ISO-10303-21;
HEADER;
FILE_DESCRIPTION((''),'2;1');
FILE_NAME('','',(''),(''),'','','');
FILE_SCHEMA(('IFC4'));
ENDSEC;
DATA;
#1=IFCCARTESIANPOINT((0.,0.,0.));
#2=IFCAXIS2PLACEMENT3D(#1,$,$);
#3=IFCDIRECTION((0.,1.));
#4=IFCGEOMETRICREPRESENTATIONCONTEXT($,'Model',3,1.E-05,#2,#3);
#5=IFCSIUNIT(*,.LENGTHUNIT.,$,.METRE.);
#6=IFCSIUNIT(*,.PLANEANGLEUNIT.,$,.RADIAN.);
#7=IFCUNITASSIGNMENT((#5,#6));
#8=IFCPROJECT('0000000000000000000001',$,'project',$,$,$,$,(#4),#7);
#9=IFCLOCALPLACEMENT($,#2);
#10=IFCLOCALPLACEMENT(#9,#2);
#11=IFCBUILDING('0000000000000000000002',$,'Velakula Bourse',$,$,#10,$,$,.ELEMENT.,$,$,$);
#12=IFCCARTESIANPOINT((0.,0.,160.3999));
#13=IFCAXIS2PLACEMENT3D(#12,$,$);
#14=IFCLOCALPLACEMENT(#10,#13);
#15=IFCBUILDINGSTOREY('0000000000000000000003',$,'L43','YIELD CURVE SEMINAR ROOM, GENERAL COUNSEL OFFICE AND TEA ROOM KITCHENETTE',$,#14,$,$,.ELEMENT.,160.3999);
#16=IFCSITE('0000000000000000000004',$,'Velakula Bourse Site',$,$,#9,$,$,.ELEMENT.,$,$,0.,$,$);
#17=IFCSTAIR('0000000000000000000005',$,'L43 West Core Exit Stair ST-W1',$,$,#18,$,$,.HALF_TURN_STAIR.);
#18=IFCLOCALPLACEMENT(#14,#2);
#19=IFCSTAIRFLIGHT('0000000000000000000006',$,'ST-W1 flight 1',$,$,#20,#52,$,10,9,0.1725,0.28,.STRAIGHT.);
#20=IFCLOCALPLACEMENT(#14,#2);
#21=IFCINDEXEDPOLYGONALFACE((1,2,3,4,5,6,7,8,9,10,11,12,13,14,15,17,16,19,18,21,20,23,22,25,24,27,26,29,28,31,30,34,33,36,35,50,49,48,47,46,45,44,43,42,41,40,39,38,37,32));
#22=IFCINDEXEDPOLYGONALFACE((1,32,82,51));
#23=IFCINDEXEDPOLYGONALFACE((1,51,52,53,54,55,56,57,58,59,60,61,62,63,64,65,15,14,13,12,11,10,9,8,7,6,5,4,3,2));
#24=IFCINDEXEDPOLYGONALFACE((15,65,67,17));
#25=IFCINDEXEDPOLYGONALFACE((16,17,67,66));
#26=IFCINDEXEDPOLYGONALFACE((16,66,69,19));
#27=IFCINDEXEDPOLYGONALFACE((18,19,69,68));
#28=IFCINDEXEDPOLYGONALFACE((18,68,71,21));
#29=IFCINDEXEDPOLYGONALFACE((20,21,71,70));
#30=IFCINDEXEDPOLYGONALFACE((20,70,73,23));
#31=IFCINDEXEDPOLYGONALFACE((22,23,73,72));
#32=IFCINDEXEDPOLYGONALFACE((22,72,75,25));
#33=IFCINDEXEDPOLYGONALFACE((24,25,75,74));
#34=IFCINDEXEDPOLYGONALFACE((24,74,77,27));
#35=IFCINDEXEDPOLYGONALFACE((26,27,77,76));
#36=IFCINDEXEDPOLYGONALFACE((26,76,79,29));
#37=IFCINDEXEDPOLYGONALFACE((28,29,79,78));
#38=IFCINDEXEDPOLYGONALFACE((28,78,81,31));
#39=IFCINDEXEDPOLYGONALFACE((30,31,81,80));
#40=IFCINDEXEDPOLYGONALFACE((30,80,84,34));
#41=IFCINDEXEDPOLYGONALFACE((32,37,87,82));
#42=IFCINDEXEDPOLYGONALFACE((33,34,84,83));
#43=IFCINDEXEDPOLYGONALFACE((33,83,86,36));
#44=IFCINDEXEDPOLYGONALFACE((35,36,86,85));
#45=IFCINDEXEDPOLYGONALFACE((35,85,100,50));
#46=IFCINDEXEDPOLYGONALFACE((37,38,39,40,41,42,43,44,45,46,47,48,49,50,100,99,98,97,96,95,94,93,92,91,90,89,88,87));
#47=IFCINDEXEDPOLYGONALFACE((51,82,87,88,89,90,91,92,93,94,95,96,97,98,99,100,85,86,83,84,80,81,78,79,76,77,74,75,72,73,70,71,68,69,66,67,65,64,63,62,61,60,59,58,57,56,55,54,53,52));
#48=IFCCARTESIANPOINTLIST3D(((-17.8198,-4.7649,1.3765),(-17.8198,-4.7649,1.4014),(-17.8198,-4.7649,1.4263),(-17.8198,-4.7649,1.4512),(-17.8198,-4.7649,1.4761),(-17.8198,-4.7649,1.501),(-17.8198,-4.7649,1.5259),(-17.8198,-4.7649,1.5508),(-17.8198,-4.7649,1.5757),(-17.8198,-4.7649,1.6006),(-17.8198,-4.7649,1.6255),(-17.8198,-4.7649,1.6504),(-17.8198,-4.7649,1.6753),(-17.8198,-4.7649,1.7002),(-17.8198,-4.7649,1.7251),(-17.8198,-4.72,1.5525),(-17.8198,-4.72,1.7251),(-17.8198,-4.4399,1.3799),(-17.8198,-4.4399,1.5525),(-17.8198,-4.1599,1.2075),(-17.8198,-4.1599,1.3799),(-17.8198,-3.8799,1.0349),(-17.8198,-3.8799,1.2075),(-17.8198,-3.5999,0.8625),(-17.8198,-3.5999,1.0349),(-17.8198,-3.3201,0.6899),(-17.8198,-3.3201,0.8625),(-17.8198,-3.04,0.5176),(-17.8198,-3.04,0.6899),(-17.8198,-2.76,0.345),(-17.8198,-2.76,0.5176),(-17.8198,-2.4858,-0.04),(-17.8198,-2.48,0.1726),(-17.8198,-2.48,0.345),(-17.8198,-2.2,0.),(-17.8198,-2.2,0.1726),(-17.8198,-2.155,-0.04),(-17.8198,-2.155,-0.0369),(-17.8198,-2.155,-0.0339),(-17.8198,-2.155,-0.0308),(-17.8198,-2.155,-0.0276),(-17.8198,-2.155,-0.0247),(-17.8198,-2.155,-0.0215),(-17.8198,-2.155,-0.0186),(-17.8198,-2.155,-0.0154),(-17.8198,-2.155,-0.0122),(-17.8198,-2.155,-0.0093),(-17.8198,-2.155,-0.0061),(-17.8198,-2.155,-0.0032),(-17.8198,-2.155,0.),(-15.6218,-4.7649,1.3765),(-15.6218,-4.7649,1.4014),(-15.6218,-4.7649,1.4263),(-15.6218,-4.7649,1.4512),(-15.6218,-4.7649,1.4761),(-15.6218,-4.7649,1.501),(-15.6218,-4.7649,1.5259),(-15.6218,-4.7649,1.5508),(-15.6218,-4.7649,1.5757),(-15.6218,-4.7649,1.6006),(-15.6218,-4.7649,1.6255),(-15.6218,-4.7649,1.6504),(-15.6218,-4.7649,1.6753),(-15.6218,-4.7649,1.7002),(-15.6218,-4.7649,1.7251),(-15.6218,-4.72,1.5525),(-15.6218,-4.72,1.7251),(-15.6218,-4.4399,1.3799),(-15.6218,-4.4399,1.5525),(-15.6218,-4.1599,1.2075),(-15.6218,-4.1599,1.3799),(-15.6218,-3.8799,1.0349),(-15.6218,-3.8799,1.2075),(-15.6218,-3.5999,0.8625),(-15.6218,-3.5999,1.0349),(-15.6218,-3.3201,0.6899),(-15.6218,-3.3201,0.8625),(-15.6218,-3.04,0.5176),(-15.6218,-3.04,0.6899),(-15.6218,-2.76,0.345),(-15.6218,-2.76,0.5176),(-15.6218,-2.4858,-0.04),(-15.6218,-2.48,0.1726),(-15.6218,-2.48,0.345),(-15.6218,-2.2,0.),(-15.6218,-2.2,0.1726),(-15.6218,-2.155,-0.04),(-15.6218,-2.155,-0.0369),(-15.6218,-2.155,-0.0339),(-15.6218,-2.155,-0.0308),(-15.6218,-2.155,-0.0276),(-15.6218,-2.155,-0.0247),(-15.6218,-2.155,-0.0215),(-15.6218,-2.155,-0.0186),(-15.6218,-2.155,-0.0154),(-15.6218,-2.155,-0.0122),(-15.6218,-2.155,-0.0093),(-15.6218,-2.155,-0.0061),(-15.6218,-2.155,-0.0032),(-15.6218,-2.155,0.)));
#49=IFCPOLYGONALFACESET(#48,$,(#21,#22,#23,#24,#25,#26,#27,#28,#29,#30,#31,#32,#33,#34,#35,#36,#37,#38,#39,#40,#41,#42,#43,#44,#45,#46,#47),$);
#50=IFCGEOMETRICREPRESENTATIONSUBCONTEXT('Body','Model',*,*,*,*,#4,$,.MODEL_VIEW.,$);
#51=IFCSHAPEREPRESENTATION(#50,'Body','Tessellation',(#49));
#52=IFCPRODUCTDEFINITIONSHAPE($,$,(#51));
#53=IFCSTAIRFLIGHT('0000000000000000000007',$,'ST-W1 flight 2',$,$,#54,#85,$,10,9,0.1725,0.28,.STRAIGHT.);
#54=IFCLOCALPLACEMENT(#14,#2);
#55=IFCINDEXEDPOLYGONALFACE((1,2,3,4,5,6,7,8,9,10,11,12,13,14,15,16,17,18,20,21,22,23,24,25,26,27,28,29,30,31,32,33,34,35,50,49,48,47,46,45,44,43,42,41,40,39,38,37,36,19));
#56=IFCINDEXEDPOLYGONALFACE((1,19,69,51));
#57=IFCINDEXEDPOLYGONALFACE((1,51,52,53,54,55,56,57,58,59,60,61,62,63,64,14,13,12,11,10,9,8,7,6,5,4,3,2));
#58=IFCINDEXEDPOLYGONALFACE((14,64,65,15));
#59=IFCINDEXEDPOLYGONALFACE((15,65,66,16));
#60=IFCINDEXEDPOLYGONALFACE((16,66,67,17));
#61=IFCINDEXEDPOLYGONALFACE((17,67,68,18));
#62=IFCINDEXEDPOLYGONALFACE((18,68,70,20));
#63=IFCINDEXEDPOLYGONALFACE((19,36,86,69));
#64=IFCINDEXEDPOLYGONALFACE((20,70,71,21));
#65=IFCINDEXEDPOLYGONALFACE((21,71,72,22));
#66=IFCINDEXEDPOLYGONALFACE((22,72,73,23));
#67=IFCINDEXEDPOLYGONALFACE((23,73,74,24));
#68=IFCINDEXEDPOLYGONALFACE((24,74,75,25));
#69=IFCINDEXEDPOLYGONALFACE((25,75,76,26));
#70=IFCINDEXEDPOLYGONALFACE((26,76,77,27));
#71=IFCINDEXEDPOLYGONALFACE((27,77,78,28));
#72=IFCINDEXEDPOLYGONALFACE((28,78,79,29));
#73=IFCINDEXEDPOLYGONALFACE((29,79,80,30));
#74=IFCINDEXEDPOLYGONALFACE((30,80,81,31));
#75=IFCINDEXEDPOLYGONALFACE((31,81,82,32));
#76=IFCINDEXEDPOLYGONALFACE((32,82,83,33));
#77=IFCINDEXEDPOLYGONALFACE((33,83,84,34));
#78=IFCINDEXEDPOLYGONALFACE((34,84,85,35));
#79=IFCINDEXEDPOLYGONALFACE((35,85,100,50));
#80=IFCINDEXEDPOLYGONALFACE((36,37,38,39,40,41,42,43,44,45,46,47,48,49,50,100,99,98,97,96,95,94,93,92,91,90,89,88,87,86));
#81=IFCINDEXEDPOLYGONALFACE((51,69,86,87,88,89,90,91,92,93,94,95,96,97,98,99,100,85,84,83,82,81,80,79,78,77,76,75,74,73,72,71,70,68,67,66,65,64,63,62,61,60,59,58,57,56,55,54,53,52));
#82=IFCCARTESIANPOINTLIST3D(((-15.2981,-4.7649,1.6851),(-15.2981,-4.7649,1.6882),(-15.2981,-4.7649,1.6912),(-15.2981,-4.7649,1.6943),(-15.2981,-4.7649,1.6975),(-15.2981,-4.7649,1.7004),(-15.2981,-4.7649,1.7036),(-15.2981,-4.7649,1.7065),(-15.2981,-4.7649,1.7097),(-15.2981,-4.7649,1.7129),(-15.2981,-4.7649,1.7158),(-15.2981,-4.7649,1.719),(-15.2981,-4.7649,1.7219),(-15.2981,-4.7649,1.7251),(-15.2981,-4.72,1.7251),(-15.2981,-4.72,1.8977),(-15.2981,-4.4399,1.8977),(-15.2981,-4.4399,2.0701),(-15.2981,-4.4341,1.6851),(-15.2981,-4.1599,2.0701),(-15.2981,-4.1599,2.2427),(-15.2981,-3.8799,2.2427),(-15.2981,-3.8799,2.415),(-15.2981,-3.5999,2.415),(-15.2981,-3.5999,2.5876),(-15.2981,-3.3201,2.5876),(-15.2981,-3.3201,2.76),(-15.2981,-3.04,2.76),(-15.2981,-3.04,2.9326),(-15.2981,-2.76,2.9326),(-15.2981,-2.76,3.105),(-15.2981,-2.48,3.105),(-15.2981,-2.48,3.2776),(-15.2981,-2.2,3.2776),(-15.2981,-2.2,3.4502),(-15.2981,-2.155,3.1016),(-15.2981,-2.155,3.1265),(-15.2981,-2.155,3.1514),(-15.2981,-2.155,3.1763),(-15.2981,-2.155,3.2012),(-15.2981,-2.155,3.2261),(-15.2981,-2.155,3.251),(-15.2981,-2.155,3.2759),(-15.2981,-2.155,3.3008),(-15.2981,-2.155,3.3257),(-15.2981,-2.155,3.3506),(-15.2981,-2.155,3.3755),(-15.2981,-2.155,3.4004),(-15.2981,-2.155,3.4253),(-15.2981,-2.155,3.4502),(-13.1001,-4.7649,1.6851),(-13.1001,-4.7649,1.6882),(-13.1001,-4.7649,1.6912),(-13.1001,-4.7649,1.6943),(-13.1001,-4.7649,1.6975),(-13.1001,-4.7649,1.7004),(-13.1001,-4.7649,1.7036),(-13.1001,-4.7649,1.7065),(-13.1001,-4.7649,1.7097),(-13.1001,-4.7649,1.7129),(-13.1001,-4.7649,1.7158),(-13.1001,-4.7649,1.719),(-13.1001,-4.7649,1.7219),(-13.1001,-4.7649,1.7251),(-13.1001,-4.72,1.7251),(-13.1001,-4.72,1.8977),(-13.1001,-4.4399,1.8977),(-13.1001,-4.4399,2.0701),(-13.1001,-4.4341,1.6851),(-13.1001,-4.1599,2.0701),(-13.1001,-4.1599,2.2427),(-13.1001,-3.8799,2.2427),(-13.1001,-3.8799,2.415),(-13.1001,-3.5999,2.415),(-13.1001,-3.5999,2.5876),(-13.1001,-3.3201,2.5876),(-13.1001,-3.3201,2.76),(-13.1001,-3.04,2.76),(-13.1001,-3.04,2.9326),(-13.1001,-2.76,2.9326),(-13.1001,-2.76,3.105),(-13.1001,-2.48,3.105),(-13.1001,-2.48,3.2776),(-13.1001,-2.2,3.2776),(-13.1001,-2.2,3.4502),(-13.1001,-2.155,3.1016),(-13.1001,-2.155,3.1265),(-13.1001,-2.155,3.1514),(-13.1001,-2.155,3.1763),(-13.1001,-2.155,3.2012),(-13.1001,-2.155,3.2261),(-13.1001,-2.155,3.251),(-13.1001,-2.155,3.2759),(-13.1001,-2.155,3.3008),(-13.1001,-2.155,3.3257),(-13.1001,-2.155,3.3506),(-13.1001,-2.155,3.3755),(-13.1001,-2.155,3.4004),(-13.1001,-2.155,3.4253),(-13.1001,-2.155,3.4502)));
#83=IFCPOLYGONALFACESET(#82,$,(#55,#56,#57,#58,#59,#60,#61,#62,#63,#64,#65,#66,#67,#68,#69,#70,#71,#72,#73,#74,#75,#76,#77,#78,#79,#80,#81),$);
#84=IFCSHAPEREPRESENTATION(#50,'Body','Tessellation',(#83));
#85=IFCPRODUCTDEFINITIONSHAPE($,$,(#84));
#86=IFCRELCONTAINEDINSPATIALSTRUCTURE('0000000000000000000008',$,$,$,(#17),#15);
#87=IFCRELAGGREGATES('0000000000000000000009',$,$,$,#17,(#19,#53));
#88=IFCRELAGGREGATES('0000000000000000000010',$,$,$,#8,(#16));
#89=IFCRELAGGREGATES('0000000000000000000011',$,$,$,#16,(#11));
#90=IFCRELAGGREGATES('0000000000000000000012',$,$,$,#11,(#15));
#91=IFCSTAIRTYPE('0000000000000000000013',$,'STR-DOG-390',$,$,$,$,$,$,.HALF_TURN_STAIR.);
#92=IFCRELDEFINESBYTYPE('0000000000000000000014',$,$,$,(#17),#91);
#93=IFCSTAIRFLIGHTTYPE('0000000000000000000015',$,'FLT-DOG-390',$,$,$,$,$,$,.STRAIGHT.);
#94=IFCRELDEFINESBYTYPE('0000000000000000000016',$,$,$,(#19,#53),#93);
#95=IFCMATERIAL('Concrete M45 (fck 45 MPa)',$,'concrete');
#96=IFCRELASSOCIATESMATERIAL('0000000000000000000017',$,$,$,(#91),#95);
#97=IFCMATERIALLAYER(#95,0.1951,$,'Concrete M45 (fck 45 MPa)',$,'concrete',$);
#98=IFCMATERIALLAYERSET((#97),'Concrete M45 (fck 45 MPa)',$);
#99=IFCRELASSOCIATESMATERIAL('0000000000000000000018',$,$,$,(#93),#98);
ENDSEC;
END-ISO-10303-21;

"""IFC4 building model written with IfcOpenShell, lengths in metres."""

from ifc_helpers import new_model, si_unit, direction, frame, origin, place, context, subcontext, project, spatial, polyline, outline, extrude, material, layer, layer_set, type_object, element, aggregate, save


model = new_model("IFC4")

# Units and contexts
model_context = context("Model", 3, precision=1e-05, world=origin(), true_north=direction((0.0, 1.0)))
body_context = subcontext(model_context, "Body", "Model", "MODEL_VIEW")
ifc_project = project(units=[si_unit("LENGTHUNIT", "METRE"), si_unit("PLANEANGLEUNIT", "RADIAN")], contexts=[model_context])

# Site, building, storey
site_placement = place(None, origin())
site = spatial("IfcSite", under=ifc_project, at=site_placement, Name="Velakula Bourse Site", CompositionType="ELEMENT", RefElevation=0.0)
building_placement = place(site_placement, origin())
building = spatial("IfcBuilding", under=site, at=building_placement, Name="Velakula Bourse", CompositionType="ELEMENT")
storey_placement = place(building_placement, frame((0.0, 0.0, 160.3999)))
storey = spatial("IfcBuildingStorey", under=building, at=storey_placement, Name="L43", Description="YIELD CURVE SEMINAR ROOM, GENERAL COUNSEL OFFICE AND TEA ROOM KITCHENETTE", CompositionType="ELEMENT", Elevation=160.3999)

# Stair
ifc_material_1 = material(Name="Concrete M45 (fck 45 MPa)", Category="concrete")
stair_type = type_object("IfcStairType", Name="STR-DOG-390", PredefinedType="HALF_TURN_STAIR", material=ifc_material_1)
stair_placement = place(storey_placement, origin())
stair = element("IfcStair", 1, at=stair_placement, inside=storey, type_object=stair_type, Name="L43 West Core Exit Stair ST-W1", PredefinedType="HALF_TURN_STAIR")

# Stair flights
ifc_layer_1 = layer(ifc_material_1, 0.1951, Name="Concrete M45 (fck 45 MPa)", Category="concrete")
ifc_layer_set_1 = layer_set([ifc_layer_1], Name="Concrete M45 (fck 45 MPa)")
stair_flight_type = type_object("IfcStairFlightType", Name="FLT-DOG-390", PredefinedType="STRAIGHT", material=ifc_layer_set_1)
stair_flight_1_placement = place(storey_placement, frame((-16.7209, -2.2, 0.0), z_axis=(0.0, 0.0, 1.0), x_axis=(0.0, -1.0, 0.0)))
stair_flight_1 = element("IfcStairFlight", 2, at=stair_flight_1_placement, type_object=stair_flight_type, Name="ST-W1 flight 1", NumberOfRisers=10, NumberOfTreads=9, PredefinedType="STRAIGHT", RiserHeight=0.1725, TreadLength=0.28, context=body_context, shape_type="SweptSolid", body=[
    extrude(outline(polyline([(-0.0449, -0.04), (-0.0449, -0.0369), (-0.0449, -0.0339), (-0.0449, -0.0308), (-0.0449, -0.0276), (-0.0449, -0.0247), (-0.0449, -0.0215), (-0.0449, -0.0186), (-0.0449, -0.0154), (-0.0449, -0.0122), (-0.0449, -0.0093), (-0.0449, -0.0061), (-0.0449, -0.0032), (-0.0449, 0.0), (0.0, 0.0), (0.0, 0.1726), (0.28, 0.1726), (0.28, 0.345), (0.5601, 0.345), (0.5601, 0.5176), (0.8401, 0.5176), (0.8401, 0.6899), (1.1201, 0.6899), (1.1201, 0.8625), (1.3999, 0.8625), (1.3999, 1.0349), (1.6799, 1.0349), (1.6799, 1.2075), (1.96, 1.2075), (1.96, 1.3799), (2.24, 1.3799), (2.24, 1.5525), (2.52, 1.5525), (2.52, 1.7251), (2.5649, 1.7251), (2.5649, 1.7002), (2.5649, 1.6753), (2.5649, 1.6504), (2.5649, 1.6255), (2.5649, 1.6006), (2.5649, 1.5757), (2.5649, 1.5508), (2.5649, 1.5259), (2.5649, 1.501), (2.5649, 1.4761), (2.5649, 1.4512), (2.5649, 1.4263), (2.5649, 1.4014), (2.5649, 1.3765), (0.2859, -0.04), (-0.0449, -0.04)])), frame((0.0, 1.0991, 0.0), z_axis=(0.0, -1.0, 0.0), x_axis=(1.0, 0.0, 0.0)), (0.0, 0.0, 1.0), 2.198),
])
stair_flight_2_placement = place(storey_placement, frame((-14.199, -4.72, 1.7251), z_axis=(0.0, 0.0, 1.0), x_axis=(0.0, 1.0, 0.0)))
stair_flight_2 = element("IfcStairFlight", 3, at=stair_flight_2_placement, type_object=stair_flight_type, Name="ST-W1 flight 2", NumberOfRisers=10, NumberOfTreads=9, PredefinedType="STRAIGHT", RiserHeight=0.1725, TreadLength=0.28, context=body_context, shape_type="SweptSolid", body=[
    extrude(outline(polyline([(-0.0449, -0.04), (-0.0449, -0.0369), (-0.0449, -0.0339), (-0.0449, -0.0308), (-0.0449, -0.0276), (-0.0449, -0.0247), (-0.0449, -0.0215), (-0.0449, -0.0186), (-0.0449, -0.0154), (-0.0449, -0.0122), (-0.0449, -0.0093), (-0.0449, -0.0061), (-0.0449, -0.0032), (-0.0449, 0.0), (0.0, 0.0), (0.0, 0.1726), (0.28, 0.1726), (0.28, 0.345), (0.5601, 0.345), (0.5601, 0.5176), (0.8401, 0.5176), (0.8401, 0.6899), (1.1201, 0.6899), (1.1201, 0.8625), (1.3999, 0.8625), (1.3999, 1.0349), (1.6799, 1.0349), (1.6799, 1.2075), (1.96, 1.2075), (1.96, 1.3799), (2.24, 1.3799), (2.24, 1.5525), (2.52, 1.5525), (2.52, 1.7251), (2.5649, 1.7251), (2.5649, 1.7002), (2.5649, 1.6753), (2.5649, 1.6504), (2.5649, 1.6255), (2.5649, 1.6006), (2.5649, 1.5757), (2.5649, 1.5508), (2.5649, 1.5259), (2.5649, 1.501), (2.5649, 1.4761), (2.5649, 1.4512), (2.5649, 1.4263), (2.5649, 1.4014), (2.5649, 1.3765), (0.2859, -0.04), (-0.0449, -0.04)])), frame((0.0, 1.0991, 0.0), z_axis=(0.0, -1.0, 0.0), x_axis=(1.0, 0.0, 0.0)), (0.0, 0.0, 1.0), 2.198),
])
aggregate(stair, [stair_flight_1, stair_flight_2])

save(model, "model.ifc")
